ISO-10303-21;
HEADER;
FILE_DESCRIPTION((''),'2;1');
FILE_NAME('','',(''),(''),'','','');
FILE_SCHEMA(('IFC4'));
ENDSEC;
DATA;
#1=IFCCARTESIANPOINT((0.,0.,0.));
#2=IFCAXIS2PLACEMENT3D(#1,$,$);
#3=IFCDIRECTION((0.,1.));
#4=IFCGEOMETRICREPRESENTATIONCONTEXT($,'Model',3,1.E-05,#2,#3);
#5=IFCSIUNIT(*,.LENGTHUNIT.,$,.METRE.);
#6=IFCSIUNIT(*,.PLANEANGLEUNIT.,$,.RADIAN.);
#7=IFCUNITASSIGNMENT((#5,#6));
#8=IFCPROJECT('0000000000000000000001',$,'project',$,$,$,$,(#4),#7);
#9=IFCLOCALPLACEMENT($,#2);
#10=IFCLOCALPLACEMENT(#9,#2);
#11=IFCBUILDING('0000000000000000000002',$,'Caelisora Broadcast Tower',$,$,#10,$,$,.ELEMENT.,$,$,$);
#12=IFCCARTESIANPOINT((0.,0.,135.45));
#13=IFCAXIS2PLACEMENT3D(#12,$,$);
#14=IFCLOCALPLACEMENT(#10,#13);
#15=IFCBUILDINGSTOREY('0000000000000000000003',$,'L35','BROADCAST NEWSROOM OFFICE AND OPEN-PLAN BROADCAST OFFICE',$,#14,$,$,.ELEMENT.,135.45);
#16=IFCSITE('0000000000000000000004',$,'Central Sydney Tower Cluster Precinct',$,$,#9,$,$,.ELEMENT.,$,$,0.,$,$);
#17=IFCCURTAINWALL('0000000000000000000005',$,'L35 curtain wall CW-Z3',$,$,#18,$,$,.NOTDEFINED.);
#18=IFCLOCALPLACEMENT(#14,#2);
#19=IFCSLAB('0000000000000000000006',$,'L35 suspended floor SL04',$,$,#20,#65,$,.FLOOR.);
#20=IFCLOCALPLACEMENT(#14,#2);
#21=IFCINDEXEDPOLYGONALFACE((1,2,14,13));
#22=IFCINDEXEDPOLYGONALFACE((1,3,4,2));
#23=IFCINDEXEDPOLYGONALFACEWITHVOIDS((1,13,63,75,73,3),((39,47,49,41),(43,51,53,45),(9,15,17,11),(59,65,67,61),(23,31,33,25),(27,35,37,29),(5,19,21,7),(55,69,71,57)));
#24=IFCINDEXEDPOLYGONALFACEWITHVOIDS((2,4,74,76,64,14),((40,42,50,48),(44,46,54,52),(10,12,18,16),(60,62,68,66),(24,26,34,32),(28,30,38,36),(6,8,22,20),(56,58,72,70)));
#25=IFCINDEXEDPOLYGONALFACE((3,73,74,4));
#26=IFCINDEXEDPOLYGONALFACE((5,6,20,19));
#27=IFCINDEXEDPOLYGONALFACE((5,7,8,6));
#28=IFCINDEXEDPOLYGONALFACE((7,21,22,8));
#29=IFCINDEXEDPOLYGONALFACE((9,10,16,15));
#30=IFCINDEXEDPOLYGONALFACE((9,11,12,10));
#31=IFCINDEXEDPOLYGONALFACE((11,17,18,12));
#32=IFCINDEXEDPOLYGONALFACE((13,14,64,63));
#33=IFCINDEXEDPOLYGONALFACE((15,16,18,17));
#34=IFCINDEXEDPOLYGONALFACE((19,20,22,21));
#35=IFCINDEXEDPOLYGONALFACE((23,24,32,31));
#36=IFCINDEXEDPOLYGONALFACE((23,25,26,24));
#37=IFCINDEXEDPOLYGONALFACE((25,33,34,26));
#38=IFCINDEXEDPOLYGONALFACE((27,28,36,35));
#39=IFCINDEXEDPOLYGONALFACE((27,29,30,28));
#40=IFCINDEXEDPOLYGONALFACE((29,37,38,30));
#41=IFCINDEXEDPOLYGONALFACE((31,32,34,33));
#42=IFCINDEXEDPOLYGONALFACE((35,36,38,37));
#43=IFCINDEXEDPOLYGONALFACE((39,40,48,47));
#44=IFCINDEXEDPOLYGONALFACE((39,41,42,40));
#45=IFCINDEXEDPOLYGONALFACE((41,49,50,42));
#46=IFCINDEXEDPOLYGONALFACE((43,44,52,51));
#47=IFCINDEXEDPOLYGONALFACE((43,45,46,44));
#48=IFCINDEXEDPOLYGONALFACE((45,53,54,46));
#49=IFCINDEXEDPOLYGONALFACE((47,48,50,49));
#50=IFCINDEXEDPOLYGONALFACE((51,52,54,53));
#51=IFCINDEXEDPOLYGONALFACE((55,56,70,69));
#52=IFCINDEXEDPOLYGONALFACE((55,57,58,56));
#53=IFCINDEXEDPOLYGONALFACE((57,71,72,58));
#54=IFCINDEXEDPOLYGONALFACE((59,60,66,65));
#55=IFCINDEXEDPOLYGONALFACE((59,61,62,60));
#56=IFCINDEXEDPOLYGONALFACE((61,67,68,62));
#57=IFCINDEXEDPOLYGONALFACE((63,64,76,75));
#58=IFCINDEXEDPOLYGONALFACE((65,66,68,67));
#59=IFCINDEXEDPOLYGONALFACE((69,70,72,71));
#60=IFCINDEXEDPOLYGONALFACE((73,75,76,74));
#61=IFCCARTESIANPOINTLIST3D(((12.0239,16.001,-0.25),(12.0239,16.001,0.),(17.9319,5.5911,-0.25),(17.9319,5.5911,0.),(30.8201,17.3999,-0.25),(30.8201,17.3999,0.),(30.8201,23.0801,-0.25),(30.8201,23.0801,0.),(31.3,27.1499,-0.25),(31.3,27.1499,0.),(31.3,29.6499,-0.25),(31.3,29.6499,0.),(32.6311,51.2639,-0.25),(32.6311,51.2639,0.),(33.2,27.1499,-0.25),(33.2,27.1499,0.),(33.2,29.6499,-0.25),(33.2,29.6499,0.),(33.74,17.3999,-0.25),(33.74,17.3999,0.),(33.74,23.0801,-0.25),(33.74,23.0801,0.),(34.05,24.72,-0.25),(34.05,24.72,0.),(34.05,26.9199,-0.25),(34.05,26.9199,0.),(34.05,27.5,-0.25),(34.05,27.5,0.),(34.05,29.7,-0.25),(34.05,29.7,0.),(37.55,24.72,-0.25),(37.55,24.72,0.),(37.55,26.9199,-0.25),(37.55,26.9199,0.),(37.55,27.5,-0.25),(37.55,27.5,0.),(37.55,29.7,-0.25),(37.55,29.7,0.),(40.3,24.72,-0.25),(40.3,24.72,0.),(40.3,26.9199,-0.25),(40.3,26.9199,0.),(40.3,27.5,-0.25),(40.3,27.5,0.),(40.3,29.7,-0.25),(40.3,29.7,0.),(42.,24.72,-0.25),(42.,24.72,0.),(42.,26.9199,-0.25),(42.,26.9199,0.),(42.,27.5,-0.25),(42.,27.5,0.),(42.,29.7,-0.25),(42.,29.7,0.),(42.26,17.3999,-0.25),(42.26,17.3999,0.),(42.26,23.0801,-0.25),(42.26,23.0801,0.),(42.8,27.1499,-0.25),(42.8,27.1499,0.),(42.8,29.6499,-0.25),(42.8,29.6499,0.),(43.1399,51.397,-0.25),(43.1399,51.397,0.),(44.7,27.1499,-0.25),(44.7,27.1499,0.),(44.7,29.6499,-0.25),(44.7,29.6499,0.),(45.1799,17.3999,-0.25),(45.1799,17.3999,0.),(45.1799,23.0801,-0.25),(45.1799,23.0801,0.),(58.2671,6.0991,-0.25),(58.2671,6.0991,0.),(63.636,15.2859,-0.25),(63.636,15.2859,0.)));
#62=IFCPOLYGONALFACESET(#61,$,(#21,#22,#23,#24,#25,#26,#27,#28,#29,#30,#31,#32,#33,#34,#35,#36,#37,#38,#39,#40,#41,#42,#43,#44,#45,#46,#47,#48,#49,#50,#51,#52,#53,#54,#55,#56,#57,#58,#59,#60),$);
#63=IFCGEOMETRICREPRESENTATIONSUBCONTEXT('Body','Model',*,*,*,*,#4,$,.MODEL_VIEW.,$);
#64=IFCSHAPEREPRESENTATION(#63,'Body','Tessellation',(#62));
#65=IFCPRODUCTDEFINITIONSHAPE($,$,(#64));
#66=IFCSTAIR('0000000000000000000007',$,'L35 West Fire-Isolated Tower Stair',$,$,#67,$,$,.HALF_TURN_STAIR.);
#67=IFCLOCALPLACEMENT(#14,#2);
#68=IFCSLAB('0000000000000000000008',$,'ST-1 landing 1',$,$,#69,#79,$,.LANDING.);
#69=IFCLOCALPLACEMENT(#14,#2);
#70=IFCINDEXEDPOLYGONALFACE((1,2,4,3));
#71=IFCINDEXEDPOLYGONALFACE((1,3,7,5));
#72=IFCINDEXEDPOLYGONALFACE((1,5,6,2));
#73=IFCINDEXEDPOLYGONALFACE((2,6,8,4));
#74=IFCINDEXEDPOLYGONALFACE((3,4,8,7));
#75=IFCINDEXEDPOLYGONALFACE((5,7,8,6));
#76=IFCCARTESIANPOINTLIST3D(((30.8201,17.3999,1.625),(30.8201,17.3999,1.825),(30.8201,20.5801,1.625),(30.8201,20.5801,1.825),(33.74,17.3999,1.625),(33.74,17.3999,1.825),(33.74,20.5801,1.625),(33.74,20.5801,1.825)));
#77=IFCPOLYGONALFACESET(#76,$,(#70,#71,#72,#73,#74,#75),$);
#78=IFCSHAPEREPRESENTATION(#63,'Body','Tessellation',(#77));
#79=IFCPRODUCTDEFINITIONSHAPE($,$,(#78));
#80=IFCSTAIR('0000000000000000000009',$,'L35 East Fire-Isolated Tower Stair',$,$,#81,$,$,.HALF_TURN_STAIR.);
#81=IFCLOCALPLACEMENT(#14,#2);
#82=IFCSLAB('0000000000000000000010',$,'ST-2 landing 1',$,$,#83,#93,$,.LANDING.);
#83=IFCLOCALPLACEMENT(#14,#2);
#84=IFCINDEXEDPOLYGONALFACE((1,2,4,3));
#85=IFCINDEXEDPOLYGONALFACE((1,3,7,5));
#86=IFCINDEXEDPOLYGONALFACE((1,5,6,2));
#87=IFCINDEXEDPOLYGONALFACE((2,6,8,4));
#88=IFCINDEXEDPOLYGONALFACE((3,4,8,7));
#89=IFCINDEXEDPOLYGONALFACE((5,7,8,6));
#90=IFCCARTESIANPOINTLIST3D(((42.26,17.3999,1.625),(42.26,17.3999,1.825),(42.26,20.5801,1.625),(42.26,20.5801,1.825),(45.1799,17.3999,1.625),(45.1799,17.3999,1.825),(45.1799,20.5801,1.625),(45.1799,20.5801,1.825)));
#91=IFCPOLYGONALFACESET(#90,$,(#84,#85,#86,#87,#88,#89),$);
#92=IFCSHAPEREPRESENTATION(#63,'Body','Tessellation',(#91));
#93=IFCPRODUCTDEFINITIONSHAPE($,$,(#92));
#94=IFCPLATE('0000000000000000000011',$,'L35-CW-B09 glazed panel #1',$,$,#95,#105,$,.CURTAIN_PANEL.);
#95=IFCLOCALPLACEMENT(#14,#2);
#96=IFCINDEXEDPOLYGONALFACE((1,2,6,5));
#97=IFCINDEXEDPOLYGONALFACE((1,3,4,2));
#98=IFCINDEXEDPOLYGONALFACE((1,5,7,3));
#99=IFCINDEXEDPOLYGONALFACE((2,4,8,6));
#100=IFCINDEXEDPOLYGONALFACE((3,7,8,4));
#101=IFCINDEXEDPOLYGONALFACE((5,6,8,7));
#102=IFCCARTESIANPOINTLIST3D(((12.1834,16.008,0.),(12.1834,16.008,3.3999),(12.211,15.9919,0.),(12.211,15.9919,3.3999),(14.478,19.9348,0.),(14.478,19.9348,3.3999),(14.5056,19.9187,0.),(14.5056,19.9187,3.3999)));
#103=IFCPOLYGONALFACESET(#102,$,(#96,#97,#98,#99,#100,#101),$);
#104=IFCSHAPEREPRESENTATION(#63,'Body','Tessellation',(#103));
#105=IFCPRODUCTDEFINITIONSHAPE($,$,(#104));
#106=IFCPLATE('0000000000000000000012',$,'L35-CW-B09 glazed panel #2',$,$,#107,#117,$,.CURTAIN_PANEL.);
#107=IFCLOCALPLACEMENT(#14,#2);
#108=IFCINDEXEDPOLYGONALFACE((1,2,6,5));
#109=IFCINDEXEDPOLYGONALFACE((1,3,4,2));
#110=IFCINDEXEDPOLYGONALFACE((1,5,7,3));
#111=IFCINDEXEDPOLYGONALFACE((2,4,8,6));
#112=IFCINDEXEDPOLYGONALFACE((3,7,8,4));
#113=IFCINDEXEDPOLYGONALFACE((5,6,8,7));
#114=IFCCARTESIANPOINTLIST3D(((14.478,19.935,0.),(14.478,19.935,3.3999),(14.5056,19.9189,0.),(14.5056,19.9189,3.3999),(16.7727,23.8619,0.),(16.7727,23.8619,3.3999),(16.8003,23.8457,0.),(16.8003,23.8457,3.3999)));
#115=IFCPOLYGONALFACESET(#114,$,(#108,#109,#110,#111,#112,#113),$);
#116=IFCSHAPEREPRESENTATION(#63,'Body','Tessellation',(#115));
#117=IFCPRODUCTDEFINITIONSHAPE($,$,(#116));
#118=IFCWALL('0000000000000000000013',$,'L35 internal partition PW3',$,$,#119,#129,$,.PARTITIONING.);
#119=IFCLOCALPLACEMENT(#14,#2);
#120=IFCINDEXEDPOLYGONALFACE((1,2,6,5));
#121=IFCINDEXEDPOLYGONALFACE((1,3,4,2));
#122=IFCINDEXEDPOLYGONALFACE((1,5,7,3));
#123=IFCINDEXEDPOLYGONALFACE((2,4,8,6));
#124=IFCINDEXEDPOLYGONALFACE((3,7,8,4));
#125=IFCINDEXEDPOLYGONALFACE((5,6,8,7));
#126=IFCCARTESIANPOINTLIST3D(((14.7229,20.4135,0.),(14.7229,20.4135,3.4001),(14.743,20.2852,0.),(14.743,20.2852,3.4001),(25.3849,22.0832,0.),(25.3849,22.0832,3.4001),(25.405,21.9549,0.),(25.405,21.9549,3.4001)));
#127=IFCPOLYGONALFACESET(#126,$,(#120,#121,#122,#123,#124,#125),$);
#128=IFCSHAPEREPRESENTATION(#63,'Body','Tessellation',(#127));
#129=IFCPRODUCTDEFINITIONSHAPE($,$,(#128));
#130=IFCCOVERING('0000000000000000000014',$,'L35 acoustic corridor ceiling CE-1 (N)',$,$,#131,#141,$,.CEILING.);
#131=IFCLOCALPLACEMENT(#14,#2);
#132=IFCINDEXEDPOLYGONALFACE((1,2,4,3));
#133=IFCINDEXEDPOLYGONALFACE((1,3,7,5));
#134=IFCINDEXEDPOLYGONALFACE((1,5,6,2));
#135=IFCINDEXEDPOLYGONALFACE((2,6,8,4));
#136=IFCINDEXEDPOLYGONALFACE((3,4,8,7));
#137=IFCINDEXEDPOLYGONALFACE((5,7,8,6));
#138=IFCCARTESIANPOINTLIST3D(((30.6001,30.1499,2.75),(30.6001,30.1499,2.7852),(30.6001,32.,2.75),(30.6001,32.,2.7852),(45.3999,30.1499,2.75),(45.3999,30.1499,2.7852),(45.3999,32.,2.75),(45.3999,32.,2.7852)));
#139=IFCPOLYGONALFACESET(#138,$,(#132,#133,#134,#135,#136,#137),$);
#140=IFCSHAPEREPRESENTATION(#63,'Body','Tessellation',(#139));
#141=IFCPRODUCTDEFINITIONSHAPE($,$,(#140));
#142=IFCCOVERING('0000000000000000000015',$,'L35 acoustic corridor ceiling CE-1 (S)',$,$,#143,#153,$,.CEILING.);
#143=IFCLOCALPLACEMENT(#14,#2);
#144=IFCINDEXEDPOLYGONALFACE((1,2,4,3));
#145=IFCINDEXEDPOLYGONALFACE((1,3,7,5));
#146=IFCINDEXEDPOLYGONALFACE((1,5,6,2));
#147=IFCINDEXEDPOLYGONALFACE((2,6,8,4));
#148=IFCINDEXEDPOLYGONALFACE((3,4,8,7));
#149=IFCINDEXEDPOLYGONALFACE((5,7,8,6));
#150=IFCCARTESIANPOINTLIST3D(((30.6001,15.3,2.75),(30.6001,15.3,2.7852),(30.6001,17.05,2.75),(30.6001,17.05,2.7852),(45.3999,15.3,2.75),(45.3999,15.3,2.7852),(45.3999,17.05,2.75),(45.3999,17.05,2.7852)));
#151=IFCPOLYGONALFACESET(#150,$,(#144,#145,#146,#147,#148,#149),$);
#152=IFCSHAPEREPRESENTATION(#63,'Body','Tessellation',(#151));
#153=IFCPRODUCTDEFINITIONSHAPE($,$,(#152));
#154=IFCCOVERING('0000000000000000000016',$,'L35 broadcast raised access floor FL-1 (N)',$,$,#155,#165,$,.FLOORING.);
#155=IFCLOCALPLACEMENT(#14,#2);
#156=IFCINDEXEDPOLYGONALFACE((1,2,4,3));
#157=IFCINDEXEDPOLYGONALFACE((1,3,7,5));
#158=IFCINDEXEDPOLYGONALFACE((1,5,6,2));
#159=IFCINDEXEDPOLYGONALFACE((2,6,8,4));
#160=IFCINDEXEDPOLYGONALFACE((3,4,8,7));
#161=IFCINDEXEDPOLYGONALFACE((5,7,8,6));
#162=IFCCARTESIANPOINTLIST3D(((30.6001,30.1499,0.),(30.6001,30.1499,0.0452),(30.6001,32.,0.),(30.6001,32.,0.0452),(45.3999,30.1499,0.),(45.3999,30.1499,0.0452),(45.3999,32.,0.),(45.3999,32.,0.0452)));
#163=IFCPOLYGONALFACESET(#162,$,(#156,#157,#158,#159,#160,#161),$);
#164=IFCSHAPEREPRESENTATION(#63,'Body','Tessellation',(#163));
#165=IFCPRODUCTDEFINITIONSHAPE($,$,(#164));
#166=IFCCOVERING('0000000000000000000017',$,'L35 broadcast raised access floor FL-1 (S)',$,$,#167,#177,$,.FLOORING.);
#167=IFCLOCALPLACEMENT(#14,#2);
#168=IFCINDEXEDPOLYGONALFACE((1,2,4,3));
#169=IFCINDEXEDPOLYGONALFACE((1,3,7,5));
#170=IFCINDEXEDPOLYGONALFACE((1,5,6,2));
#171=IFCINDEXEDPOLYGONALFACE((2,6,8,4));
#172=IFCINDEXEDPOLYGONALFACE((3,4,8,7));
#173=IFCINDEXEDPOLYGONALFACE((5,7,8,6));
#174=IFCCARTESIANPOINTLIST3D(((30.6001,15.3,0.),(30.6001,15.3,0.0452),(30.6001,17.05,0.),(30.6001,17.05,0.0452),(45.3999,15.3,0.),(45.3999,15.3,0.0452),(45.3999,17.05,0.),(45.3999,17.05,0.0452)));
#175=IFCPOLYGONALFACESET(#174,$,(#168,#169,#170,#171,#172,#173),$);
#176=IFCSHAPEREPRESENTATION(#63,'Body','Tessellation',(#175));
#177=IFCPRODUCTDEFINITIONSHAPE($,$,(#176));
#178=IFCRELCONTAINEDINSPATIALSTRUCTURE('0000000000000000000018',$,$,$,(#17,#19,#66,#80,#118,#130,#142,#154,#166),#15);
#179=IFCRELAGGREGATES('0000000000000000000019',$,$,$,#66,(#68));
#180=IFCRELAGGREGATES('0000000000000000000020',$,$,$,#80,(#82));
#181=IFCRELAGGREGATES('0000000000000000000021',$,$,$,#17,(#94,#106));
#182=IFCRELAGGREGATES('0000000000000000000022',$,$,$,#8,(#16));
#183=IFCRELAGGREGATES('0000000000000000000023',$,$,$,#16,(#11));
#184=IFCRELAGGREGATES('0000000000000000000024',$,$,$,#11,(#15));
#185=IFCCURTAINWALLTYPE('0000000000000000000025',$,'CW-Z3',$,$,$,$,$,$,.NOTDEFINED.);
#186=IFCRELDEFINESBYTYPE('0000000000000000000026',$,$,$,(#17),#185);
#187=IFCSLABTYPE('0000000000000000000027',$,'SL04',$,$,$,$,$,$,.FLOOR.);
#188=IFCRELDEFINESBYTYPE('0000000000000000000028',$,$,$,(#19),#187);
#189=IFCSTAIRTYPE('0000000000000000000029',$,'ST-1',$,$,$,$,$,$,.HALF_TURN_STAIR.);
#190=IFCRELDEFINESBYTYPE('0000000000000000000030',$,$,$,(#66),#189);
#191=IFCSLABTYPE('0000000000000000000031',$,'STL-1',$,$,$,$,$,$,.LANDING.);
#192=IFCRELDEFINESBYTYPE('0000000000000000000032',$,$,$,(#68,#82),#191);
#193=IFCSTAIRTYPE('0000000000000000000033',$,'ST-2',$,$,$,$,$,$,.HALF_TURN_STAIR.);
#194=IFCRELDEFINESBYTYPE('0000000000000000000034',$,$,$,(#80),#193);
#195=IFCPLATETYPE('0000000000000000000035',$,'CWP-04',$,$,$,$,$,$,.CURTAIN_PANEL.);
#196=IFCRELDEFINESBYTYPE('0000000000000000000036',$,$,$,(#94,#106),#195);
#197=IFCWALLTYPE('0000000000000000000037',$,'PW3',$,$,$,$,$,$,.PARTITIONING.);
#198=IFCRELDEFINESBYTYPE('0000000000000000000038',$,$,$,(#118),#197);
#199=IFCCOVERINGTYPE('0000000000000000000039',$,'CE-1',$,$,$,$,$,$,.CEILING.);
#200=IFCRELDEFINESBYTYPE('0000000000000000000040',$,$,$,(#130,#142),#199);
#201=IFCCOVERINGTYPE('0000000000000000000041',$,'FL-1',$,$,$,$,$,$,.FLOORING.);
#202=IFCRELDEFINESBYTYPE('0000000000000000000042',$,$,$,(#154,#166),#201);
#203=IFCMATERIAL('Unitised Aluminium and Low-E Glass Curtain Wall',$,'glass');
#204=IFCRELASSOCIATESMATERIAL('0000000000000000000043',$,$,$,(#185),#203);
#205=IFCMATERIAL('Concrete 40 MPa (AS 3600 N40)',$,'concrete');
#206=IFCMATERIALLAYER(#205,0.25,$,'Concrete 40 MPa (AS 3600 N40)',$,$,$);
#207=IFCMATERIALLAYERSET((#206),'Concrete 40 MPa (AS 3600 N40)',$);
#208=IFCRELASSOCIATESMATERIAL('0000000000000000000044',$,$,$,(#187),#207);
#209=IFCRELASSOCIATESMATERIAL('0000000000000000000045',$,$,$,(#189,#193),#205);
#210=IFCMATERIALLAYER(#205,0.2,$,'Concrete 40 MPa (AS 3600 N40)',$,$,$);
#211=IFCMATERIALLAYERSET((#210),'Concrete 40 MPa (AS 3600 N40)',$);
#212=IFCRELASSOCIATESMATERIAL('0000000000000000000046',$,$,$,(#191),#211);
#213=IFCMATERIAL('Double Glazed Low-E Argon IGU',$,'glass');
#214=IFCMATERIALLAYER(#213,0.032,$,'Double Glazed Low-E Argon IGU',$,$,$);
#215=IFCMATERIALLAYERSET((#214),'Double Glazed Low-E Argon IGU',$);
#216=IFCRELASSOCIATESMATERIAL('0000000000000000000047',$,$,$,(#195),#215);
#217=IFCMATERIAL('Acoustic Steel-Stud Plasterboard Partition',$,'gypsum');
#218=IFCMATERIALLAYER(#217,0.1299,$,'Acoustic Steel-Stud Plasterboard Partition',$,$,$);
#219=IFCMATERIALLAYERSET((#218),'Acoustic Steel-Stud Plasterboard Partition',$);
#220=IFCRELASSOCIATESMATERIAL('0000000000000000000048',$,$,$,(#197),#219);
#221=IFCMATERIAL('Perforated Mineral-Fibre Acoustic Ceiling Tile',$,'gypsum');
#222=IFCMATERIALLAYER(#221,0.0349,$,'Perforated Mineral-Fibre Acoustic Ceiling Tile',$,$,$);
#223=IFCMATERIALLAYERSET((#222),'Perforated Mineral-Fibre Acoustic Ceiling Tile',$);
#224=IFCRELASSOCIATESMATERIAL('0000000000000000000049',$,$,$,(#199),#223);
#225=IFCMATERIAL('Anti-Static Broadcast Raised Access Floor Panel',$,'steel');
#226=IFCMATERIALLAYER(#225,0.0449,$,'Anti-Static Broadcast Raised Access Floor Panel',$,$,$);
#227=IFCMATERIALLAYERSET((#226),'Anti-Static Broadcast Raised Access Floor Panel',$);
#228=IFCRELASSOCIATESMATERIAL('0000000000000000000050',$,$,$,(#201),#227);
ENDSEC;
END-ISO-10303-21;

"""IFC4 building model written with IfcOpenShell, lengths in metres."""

from ifc_helpers import new_model, si_unit, direction, frame, frame_2d, origin, origin_2d, place, context, subcontext, project, spatial, polyline, rectangle, outline, extrude, source, transform, mapped, material, layer, layer_set, type_object, type_shapes, element, aggregate, save


model = new_model("IFC4")

# Units and contexts
model_context = context("Model", 3, precision=1e-05, world=origin(), true_north=direction((0.0, 1.0)))
body_context = subcontext(model_context, "Body", "Model", "MODEL_VIEW")
ifc_project = project(units=[si_unit("LENGTHUNIT", "METRE"), si_unit("PLANEANGLEUNIT", "RADIAN")], contexts=[model_context])

# Site, building, storey
site_placement = place(None, origin())
site = spatial("IfcSite", under=ifc_project, at=site_placement, Name="Central Sydney Tower Cluster Precinct", CompositionType="ELEMENT", RefElevation=0.0)
building_placement = place(site_placement, origin())
building = spatial("IfcBuilding", under=site, at=building_placement, Name="Caelisora Broadcast Tower", CompositionType="ELEMENT")
storey_placement = place(building_placement, frame((0.0, 0.0, 135.45)))
storey = spatial("IfcBuildingStorey", under=building, at=storey_placement, Name="L35", Description="BROADCAST NEWSROOM OFFICE AND OPEN-PLAN BROADCAST OFFICE", CompositionType="ELEMENT", Elevation=135.45)

# Curtain wall
ifc_material_1 = material(Name="Unitised Aluminium and Low-E Glass Curtain Wall", Category="glass")
curtain_wall_type = type_object("IfcCurtainWallType", Name="CW-Z3", PredefinedType="NOTDEFINED", material=ifc_material_1)
curtain_wall_placement = place(storey_placement, origin())
curtain_wall = element("IfcCurtainWall", 1, at=curtain_wall_placement, inside=storey, type_object=curtain_wall_type, Name="L35 curtain wall CW-Z3", PredefinedType="NOTDEFINED")

# Slab
ifc_material_2 = material(Name="Concrete 40 MPa (AS 3600 N40)", Category="concrete")
ifc_layer_1 = layer(ifc_material_2, 0.25, Name="Concrete 40 MPa (AS 3600 N40)")
ifc_layer_set_1 = layer_set([ifc_layer_1], Name="Concrete 40 MPa (AS 3600 N40)")
slab_type_1 = type_object("IfcSlabType", Name="SL04", PredefinedType="FLOOR", material=ifc_layer_set_1)
slab_1_placement = place(storey_placement, frame((0.0, 0.0, -0.25)))
element("IfcSlab", 2, at=slab_1_placement, inside=storey, type_object=slab_type_1, Name="L35 suspended floor SL04", PredefinedType="FLOOR", context=body_context, shape_type="SweptSolid", body=[
    extrude(outline(polyline([(43.1399, 51.397), (32.6311, 51.2639), (12.0239, 16.001), (17.9319, 5.5911), (58.2671, 6.0991), (63.636, 15.2859), (43.1399, 51.397)]), holes=[polyline([(30.8201, 17.3999), (33.74, 17.3999), (33.74, 23.0801), (30.8201, 23.0801), (30.8201, 17.3999)]), polyline([(42.26, 17.3999), (45.1799, 17.3999), (45.1799, 23.0801), (42.26, 23.0801), (42.26, 17.3999)]), polyline([(42.8, 27.1499), (44.7, 27.1499), (44.7, 29.6499), (42.8, 29.6499), (42.8, 27.1499)]), polyline([(40.3, 24.72), (42.0, 24.72), (42.0, 26.9199), (40.3, 26.9199), (40.3, 24.72)]), polyline([(40.3, 27.5), (42.0, 27.5), (42.0, 29.7), (40.3, 29.7), (40.3, 27.5)]), polyline([(34.05, 24.72), (37.55, 24.72), (37.55, 26.9199), (34.05, 26.9199), (34.05, 24.72)]), polyline([(34.05, 27.5), (37.55, 27.5), (37.55, 29.7), (34.05, 29.7), (34.05, 27.5)]), polyline([(31.3, 27.1499), (33.2, 27.1499), (33.2, 29.6499), (31.3, 29.6499), (31.3, 27.1499)])]), origin(), (0.0, 0.0, 1.0), 0.25),
])

# Stairs, slabs
stair_type_1 = type_object("IfcStairType", Name="ST-1", PredefinedType="HALF_TURN_STAIR", material=ifc_material_2)
stair_1_placement = place(storey_placement, origin())
stair_1 = element("IfcStair", 3, at=stair_1_placement, inside=storey, type_object=stair_type_1, Name="L35 West Fire-Isolated Tower Stair", PredefinedType="HALF_TURN_STAIR")
ifc_layer_2 = layer(ifc_material_2, 0.2, Name="Concrete 40 MPa (AS 3600 N40)")
ifc_layer_set_2 = layer_set([ifc_layer_2], Name="Concrete 40 MPa (AS 3600 N40)")
slab_type_2 = type_object("IfcSlabType", Name="STL-1", PredefinedType="LANDING", material=ifc_layer_set_2)
slab_2_placement = place(storey_placement, frame((0.0, 0.0, 1.625)))
slab_2 = element("IfcSlab", 4, at=slab_2_placement, type_object=slab_type_2, Name="ST-1 landing 1", PredefinedType="LANDING", context=body_context, shape_type="SweptSolid", body=[
    extrude(outline(polyline([(30.8201, 20.5801), (30.8201, 17.3999), (33.74, 17.3999), (33.74, 20.5801), (30.8201, 20.5801)])), origin(), (0.0, 0.0, 1.0), 0.2),
])
aggregate(stair_1, [slab_2])
stair_type_2 = type_object("IfcStairType", Name="ST-2", PredefinedType="HALF_TURN_STAIR", material=ifc_material_2)
stair_2_placement = place(storey_placement, origin())
stair_2 = element("IfcStair", 5, at=stair_2_placement, inside=storey, type_object=stair_type_2, Name="L35 East Fire-Isolated Tower Stair", PredefinedType="HALF_TURN_STAIR")
slab_3_placement = place(storey_placement, frame((0.0, 0.0, 1.625)))
slab_3 = element("IfcSlab", 6, at=slab_3_placement, type_object=slab_type_2, Name="ST-2 landing 1", PredefinedType="LANDING", context=body_context, shape_type="SweptSolid", body=[
    extrude(outline(polyline([(42.26, 20.5801), (42.26, 17.3999), (45.1799, 17.3999), (45.1799, 20.5801), (42.26, 20.5801)])), origin(), (0.0, 0.0, 1.0), 0.2),
])
aggregate(stair_2, [slab_3])

# Plates
ifc_material_3 = material(Name="Double Glazed Low-E Argon IGU", Category="glass")
ifc_layer_3 = layer(ifc_material_3, 0.032, Name="Double Glazed Low-E Argon IGU")
ifc_layer_set_3 = layer_set([ifc_layer_3], Name="Double Glazed Low-E Argon IGU")
plate_type = type_object("IfcPlateType", Name="CWP-04", PredefinedType="CURTAIN_PANEL", material=ifc_layer_set_3)
shared_shape_1 = source(origin(), body_context, "Body", "SweptSolid", [
    extrude(rectangle(XDim=4.5481, YDim=0.032, at=origin_2d()), origin(), (0.0, 0.0, 1.0), 3.3999),
])
type_shapes(plate_type, [shared_shape_1])
plate_1_placement = place(storey_placement, frame((13.3445, 17.9634, 0.0), z_axis=(0.0, 0.0, 1.0), x_axis=(0.504528, 0.863396, 0.0)))
plate_1 = element("IfcPlate", 7, at=plate_1_placement, type_object=plate_type, Name="L35-CW-B09 glazed panel #1", PredefinedType="CURTAIN_PANEL", context=body_context, shape_type="MappedRepresentation", body=[
    mapped(shared_shape_1, transform((0.0, 0.0, 0.0), scale=1.0)),
])
plate_2_placement = place(storey_placement, frame((15.6392, 21.8904, 0.0), z_axis=(0.0, 0.0, 1.0), x_axis=(0.504528, 0.863396, 0.0)))
plate_2 = element("IfcPlate", 8, at=plate_2_placement, type_object=plate_type, Name="L35-CW-B09 glazed panel #2", PredefinedType="CURTAIN_PANEL", context=body_context, shape_type="MappedRepresentation", body=[
    mapped(shared_shape_1, transform((0.0, 0.0, 0.0), scale=1.0)),
])
aggregate(curtain_wall, [plate_1, plate_2])

# Wall
ifc_material_4 = material(Name="Acoustic Steel-Stud Plasterboard Partition", Category="gypsum")
ifc_layer_4 = layer(ifc_material_4, 0.1299, Name="Acoustic Steel-Stud Plasterboard Partition")
ifc_layer_set_4 = layer_set([ifc_layer_4], Name="Acoustic Steel-Stud Plasterboard Partition")
wall_type = type_object("IfcWallType", Name="PW3", PredefinedType="PARTITIONING", material=ifc_layer_set_4)
wall_placement = place(storey_placement, frame((14.7329, 20.3494, 0.0), z_axis=(0.0, 0.0, 1.0), x_axis=(0.987959, 0.154714, 0.0)))
element("IfcWall", 9, at=wall_placement, inside=storey, type_object=wall_type, Name="L35 internal partition PW3", PredefinedType="PARTITIONING", context=body_context, shape_type="SweptSolid", body=[
    extrude(rectangle(XDim=10.792, YDim=0.1299, at=frame_2d((5.396, 0.0))), origin(), (0.0, 0.0, 1.0), 3.4001),
])

# Coverings
ifc_material_5 = material(Name="Perforated Mineral-Fibre Acoustic Ceiling Tile", Category="gypsum")
ifc_layer_5 = layer(ifc_material_5, 0.0349, Name="Perforated Mineral-Fibre Acoustic Ceiling Tile")
ifc_layer_set_5 = layer_set([ifc_layer_5], Name="Perforated Mineral-Fibre Acoustic Ceiling Tile")
covering_type_1 = type_object("IfcCoveringType", Name="CE-1", PredefinedType="CEILING", material=ifc_layer_set_5)
covering_1_placement = place(storey_placement, frame((0.0, 0.0, 2.75)))
element("IfcCovering", 10, at=covering_1_placement, inside=storey, type_object=covering_type_1, Name="L35 acoustic corridor ceiling CE-1 (N)", PredefinedType="CEILING", context=body_context, shape_type="SweptSolid", body=[
    extrude(outline(polyline([(30.6001, 30.1499), (45.3999, 30.1499), (45.3999, 32.0), (30.6001, 32.0), (30.6001, 30.1499)])), origin(), (0.0, 0.0, 1.0), 0.0352),
])
covering_2_placement = place(storey_placement, frame((0.0, 0.0, 2.75)))
element("IfcCovering", 11, at=covering_2_placement, inside=storey, type_object=covering_type_1, Name="L35 acoustic corridor ceiling CE-1 (S)", PredefinedType="CEILING", context=body_context, shape_type="SweptSolid", body=[
    extrude(outline(polyline([(30.6001, 15.3), (45.3999, 15.3), (45.3999, 17.05), (30.6001, 17.05), (30.6001, 15.3)])), origin(), (0.0, 0.0, 1.0), 0.0352),
])
ifc_material_6 = material(Name="Anti-Static Broadcast Raised Access Floor Panel", Category="steel")
ifc_layer_6 = layer(ifc_material_6, 0.0449, Name="Anti-Static Broadcast Raised Access Floor Panel")
ifc_layer_set_6 = layer_set([ifc_layer_6], Name="Anti-Static Broadcast Raised Access Floor Panel")
covering_type_2 = type_object("IfcCoveringType", Name="FL-1", PredefinedType="FLOORING", material=ifc_layer_set_6)
covering_3_placement = place(storey_placement, origin())
element("IfcCovering", 12, at=covering_3_placement, inside=storey, type_object=covering_type_2, Name="L35 broadcast raised access floor FL-1 (N)", PredefinedType="FLOORING", context=body_context, shape_type="SweptSolid", body=[
    extrude(outline(polyline([(30.6001, 30.1499), (45.3999, 30.1499), (45.3999, 32.0), (30.6001, 32.0), (30.6001, 30.1499)])), origin(), (0.0, 0.0, 1.0), 0.0452),
])
covering_4_placement = place(storey_placement, origin())
element("IfcCovering", 13, at=covering_4_placement, inside=storey, type_object=covering_type_2, Name="L35 broadcast raised access floor FL-1 (S)", PredefinedType="FLOORING", context=body_context, shape_type="SweptSolid", body=[
    extrude(outline(polyline([(30.6001, 15.3), (45.3999, 15.3), (45.3999, 17.05), (30.6001, 17.05), (30.6001, 15.3)])), origin(), (0.0, 0.0, 1.0), 0.0452),
])

save(model, "model.ifc")
